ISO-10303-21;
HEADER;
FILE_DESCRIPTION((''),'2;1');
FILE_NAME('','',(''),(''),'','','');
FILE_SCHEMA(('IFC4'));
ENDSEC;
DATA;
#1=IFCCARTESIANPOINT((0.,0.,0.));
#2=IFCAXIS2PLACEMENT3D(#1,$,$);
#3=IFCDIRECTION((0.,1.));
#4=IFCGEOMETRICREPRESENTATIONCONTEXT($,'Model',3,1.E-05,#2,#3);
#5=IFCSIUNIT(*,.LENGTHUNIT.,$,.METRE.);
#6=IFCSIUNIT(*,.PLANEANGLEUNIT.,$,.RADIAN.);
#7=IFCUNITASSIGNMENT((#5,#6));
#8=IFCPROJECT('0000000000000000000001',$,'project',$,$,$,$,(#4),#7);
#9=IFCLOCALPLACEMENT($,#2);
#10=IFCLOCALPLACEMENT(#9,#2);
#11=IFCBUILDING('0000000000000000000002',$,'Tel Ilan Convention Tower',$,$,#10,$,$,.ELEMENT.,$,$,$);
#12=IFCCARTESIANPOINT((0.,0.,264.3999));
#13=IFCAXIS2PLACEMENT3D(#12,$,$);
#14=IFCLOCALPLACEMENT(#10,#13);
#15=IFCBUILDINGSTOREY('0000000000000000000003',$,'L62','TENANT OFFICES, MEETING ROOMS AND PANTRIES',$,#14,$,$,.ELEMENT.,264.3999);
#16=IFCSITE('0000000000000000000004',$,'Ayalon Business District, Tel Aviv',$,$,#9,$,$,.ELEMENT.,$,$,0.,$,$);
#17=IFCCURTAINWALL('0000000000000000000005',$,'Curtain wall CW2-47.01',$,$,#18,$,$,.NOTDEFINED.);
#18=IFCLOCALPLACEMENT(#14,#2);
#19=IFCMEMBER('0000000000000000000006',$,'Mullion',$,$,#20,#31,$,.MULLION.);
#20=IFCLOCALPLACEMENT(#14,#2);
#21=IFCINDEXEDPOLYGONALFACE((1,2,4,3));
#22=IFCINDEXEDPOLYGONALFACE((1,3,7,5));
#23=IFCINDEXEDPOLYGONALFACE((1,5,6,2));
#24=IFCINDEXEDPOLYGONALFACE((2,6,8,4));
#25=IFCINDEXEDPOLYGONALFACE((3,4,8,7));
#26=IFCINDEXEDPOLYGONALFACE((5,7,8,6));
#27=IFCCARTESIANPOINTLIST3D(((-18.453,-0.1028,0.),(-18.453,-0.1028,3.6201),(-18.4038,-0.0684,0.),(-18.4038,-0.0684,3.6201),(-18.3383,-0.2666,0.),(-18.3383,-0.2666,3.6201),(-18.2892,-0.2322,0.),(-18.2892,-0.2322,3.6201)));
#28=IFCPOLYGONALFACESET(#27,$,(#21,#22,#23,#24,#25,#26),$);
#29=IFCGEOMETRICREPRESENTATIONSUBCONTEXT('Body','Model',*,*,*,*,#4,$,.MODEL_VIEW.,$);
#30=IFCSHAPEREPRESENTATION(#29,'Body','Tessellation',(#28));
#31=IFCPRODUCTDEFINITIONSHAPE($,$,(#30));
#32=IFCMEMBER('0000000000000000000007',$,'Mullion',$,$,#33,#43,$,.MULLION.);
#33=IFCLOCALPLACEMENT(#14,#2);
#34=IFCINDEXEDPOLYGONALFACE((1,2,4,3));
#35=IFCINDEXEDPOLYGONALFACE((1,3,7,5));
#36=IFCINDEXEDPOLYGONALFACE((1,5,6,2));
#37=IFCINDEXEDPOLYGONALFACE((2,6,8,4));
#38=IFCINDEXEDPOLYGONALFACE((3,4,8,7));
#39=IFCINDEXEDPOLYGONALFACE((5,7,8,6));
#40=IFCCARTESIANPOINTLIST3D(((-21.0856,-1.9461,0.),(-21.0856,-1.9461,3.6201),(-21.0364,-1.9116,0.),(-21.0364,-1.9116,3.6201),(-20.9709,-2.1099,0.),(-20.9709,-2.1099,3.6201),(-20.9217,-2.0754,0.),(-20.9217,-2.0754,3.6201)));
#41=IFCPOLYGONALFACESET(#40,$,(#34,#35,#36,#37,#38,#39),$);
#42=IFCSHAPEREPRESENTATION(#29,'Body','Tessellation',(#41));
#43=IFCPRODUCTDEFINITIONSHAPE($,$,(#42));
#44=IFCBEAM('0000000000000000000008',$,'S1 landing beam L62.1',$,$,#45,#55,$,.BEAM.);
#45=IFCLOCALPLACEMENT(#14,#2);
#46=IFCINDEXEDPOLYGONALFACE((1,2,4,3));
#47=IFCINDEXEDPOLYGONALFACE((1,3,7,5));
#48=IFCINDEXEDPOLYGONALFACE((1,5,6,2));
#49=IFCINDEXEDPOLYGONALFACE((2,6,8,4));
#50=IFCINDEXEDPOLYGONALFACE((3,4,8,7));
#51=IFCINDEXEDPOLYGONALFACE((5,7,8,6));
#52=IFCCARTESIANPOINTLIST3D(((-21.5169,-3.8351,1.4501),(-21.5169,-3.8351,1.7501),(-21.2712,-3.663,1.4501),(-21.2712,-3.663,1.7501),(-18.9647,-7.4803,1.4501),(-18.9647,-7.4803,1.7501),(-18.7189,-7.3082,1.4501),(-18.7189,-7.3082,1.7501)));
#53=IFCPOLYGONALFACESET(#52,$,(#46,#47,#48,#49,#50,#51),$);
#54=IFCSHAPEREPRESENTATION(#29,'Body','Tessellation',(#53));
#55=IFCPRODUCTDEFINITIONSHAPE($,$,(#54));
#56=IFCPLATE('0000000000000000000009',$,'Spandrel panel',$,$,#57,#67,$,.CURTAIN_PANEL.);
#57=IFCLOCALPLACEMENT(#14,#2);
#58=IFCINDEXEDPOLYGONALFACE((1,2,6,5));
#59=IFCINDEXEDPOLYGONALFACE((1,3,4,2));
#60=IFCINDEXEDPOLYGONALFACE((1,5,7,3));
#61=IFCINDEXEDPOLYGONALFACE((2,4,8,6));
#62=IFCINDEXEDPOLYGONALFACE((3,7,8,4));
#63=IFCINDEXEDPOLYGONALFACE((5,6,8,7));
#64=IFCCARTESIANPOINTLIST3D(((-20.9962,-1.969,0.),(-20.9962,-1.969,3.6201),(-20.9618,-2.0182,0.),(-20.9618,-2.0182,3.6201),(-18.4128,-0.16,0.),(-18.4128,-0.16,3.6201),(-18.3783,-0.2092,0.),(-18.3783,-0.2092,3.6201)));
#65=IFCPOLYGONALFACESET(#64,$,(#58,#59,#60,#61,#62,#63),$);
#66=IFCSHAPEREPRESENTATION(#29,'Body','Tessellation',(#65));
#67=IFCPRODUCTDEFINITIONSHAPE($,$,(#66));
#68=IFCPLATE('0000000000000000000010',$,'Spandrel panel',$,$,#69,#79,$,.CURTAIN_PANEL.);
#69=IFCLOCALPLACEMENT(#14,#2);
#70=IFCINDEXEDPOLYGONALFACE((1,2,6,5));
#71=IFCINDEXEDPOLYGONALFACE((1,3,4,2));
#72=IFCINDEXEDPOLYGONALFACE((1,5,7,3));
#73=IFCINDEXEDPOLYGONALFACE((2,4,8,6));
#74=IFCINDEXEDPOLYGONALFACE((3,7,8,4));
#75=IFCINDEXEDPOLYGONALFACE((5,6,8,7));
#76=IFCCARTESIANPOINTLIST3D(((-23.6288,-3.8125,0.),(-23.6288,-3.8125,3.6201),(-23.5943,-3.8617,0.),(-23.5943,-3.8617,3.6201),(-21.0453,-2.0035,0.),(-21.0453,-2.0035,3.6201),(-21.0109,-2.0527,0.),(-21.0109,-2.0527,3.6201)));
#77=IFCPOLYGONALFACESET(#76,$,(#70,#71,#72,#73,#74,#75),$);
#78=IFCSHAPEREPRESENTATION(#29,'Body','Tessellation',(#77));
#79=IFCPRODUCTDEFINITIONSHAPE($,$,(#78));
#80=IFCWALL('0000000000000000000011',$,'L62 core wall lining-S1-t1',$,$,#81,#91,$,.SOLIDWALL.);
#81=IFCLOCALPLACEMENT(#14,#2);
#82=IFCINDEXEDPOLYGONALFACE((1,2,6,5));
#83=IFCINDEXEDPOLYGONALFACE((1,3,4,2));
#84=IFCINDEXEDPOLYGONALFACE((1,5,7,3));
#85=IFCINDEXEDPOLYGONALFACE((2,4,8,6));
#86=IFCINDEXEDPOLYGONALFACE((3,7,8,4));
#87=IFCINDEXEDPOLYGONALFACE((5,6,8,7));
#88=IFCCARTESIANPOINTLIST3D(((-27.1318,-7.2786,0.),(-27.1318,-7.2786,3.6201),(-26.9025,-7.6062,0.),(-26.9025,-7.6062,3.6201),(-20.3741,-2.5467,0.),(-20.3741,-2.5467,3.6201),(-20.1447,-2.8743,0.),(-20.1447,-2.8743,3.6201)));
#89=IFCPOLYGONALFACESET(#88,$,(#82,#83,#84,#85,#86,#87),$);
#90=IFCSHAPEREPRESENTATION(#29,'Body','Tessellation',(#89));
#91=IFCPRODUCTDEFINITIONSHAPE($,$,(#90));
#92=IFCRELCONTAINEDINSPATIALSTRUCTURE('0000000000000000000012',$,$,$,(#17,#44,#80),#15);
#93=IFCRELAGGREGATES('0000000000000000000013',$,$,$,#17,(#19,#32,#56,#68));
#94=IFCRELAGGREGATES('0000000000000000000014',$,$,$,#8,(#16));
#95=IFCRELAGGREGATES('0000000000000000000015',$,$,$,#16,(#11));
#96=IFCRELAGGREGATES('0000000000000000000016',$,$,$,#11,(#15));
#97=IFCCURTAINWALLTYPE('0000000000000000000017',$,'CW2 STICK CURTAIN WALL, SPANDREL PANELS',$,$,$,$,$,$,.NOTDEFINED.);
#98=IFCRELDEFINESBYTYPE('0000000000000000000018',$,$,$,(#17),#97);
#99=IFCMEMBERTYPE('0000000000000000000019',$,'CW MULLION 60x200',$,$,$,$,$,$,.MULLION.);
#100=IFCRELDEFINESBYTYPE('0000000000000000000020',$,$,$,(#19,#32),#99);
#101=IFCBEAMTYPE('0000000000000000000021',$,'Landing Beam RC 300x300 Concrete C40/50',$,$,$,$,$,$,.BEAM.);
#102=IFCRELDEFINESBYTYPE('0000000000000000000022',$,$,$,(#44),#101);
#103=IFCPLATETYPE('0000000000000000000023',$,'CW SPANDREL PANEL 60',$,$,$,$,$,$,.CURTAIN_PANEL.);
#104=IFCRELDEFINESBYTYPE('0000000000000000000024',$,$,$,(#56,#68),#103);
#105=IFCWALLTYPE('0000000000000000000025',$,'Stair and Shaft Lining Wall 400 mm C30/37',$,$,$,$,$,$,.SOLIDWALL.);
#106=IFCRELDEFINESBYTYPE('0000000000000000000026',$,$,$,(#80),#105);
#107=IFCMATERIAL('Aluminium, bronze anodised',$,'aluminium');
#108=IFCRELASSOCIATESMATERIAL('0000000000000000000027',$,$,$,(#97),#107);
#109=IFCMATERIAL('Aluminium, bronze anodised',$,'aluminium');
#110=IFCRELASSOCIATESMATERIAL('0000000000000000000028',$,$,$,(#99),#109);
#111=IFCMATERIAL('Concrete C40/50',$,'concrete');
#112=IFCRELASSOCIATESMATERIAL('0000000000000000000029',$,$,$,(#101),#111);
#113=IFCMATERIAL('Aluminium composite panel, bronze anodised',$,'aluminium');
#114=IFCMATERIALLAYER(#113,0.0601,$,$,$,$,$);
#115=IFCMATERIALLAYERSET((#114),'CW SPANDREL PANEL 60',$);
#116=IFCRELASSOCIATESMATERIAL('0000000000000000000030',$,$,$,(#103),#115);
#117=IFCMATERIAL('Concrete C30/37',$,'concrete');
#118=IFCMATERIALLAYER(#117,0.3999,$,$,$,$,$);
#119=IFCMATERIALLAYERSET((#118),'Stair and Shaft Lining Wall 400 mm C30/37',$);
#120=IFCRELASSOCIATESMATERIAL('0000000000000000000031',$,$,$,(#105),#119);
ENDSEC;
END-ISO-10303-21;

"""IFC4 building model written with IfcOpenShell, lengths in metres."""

from ifc_helpers import new_model, si_unit, direction, frame, frame_2d, origin, origin_2d, place, context, subcontext, project, spatial, rectangle, extrude, material, layer, layer_set, material_profile, profile_set, type_object, element, aggregate, save


model = new_model("IFC4")

# Units and contexts
model_context = context("Model", 3, precision=1e-05, world=origin(), true_north=direction((0.0, 1.0)))
body_context = subcontext(model_context, "Body", "Model", "MODEL_VIEW")
ifc_project = project(units=[si_unit("LENGTHUNIT", "METRE"), si_unit("PLANEANGLEUNIT", "RADIAN")], contexts=[model_context])

# Site, building, storey
site_placement = place(None, origin())
site = spatial("IfcSite", under=ifc_project, at=site_placement, Name="Ayalon Business District, Tel Aviv", CompositionType="ELEMENT", RefElevation=0.0)
building_placement = place(site_placement, origin())
building = spatial("IfcBuilding", under=site, at=building_placement, Name="Tel Ilan Convention Tower", CompositionType="ELEMENT")
storey_placement = place(building_placement, frame((0.0, 0.0, 264.3999)))
storey = spatial("IfcBuildingStorey", under=building, at=storey_placement, Name="L62", Description="TENANT OFFICES, MEETING ROOMS AND PANTRIES", CompositionType="ELEMENT", Elevation=264.3999)

# Curtain wall, members
ifc_material_1 = material(Name="Aluminium, bronze anodised", Category="aluminium")
curtain_wall_type = type_object("IfcCurtainWallType", Name="CW2 STICK CURTAIN WALL, SPANDREL PANELS", PredefinedType="NOTDEFINED", material=ifc_material_1)
curtain_wall_placement = place(storey_placement, origin())
curtain_wall = element("IfcCurtainWall", 1, at=curtain_wall_placement, inside=storey, type_object=curtain_wall_type, Name="Curtain wall CW2-47.01", PredefinedType="NOTDEFINED")
ifc_material_2 = material(Name="Aluminium, bronze anodised", Category="aluminium")
ifc_material_profile_1 = material_profile(ifc_material_2, rectangle(XDim=0.0601, YDim=0.2, at=origin_2d()), Name="CW MULLION 60x200")
ifc_profile_set_1 = profile_set([ifc_material_profile_1], Name="Aluminium, bronze anodised")
member_type = type_object("IfcMemberType", Name="CW MULLION 60x200", PredefinedType="MULLION", material=ifc_profile_set_1)
member_1_placement = place(storey_placement, frame((-18.3711, -0.1675, 0.0), z_axis=(0.0, 0.0, 1.0), x_axis=(-0.819152, -0.573576, 0.0)))
member_1 = element("IfcMember", 2, at=member_1_placement, type_object=member_type, Name="Mullion", PredefinedType="MULLION", context=body_context, shape_type="SweptSolid", body=[
    extrude(rectangle(XDim=0.0601, YDim=0.2, at=origin_2d()), origin(), (0.0, 0.0, 1.0), 3.6201),
])
member_2_placement = place(storey_placement, frame((-21.0037, -2.0107, 0.0), z_axis=(0.0, 0.0, 1.0), x_axis=(-0.819152, -0.573576, 0.0)))
member_2 = element("IfcMember", 3, at=member_2_placement, type_object=member_type, Name="Mullion", PredefinedType="MULLION", context=body_context, shape_type="SweptSolid", body=[
    extrude(rectangle(XDim=0.0601, YDim=0.2, at=origin_2d()), origin(), (0.0, 0.0, 1.0), 3.6201),
])

# Beam
ifc_material_3 = material(Name="Concrete C40/50", Category="concrete")
ifc_material_profile_2 = material_profile(ifc_material_3, rectangle(XDim=0.3, YDim=0.3, at=origin_2d()), Name="RC 300x300")
ifc_profile_set_2 = profile_set([ifc_material_profile_2], Name="Concrete C40/50")
beam_type = type_object("IfcBeamType", Name="Landing Beam RC 300x300 Concrete C40/50", PredefinedType="BEAM", material=ifc_profile_set_2)
beam_placement = place(storey_placement, frame((-18.8418, -7.3943, 1.6001), z_axis=(-0.573547, 0.819173, 0.0), x_axis=(-0.819173, -0.573547, 0.0)))
element("IfcBeam", 4, at=beam_placement, inside=storey, type_object=beam_type, Name="S1 landing beam L62.1", PredefinedType="BEAM", context=body_context, shape_type="SweptSolid", body=[
    extrude(rectangle(XDim=0.3, YDim=0.3, at=origin_2d()), origin(), (0.0, 0.0, 1.0), 4.45),
])

# Plates
ifc_material_4 = material(Name="Aluminium composite panel, bronze anodised", Category="aluminium")
ifc_layer_1 = layer(ifc_material_4, 0.0601)
ifc_layer_set_1 = layer_set([ifc_layer_1], Name="CW SPANDREL PANEL 60")
plate_type = type_object("IfcPlateType", Name="CW SPANDREL PANEL 60", PredefinedType="CURTAIN_PANEL", material=ifc_layer_set_1)
plate_1_placement = place(storey_placement, frame((-19.6873, -1.0891, 0.0), z_axis=(0.0, 0.0, 1.0), x_axis=(-0.819152, -0.573576, 0.0)))
plate_1 = element("IfcPlate", 5, at=plate_1_placement, type_object=plate_type, Name="Spandrel panel", PredefinedType="CURTAIN_PANEL", context=body_context, shape_type="SweptSolid", body=[
    extrude(rectangle(XDim=3.1538, YDim=0.0601, at=origin_2d()), origin(), (0.0, 0.0, 1.0), 3.6201),
])
plate_2_placement = place(storey_placement, frame((-22.3198, -2.9326, 0.0), z_axis=(0.0, 0.0, 1.0), x_axis=(-0.819152, -0.573576, 0.0)))
plate_2 = element("IfcPlate", 6, at=plate_2_placement, type_object=plate_type, Name="Spandrel panel", PredefinedType="CURTAIN_PANEL", context=body_context, shape_type="SweptSolid", body=[
    extrude(rectangle(XDim=3.1538, YDim=0.0601, at=origin_2d()), origin(), (0.0, 0.0, 1.0), 3.6201),
])
aggregate(curtain_wall, [member_1, member_2, plate_1, plate_2])

# Wall
ifc_material_5 = material(Name="Concrete C30/37", Category="concrete")
ifc_layer_2 = layer(ifc_material_5, 0.3999)
ifc_layer_set_2 = layer_set([ifc_layer_2], Name="Stair and Shaft Lining Wall 400 mm C30/37")
wall_type = type_object("IfcWallType", Name="Stair and Shaft Lining Wall 400 mm C30/37", PredefinedType="SOLIDWALL", material=ifc_layer_set_2)
wall_placement = place(storey_placement, frame((-20.2593, -2.7104, 0.0), z_axis=(0.0, 0.0, 1.0), x_axis=(-0.819148, -0.573582, 0.0)))
element("IfcWall", 7, at=wall_placement, inside=storey, type_object=wall_type, Name="L62 core wall lining-S1-t1", PredefinedType="SOLIDWALL", context=body_context, shape_type="SweptSolid", body=[
    extrude(rectangle(XDim=8.2498, YDim=0.3999, at=frame_2d((4.125, 0.0))), origin(), (0.0, 0.0, 1.0), 3.6201),
])

save(model, "model.ifc")
